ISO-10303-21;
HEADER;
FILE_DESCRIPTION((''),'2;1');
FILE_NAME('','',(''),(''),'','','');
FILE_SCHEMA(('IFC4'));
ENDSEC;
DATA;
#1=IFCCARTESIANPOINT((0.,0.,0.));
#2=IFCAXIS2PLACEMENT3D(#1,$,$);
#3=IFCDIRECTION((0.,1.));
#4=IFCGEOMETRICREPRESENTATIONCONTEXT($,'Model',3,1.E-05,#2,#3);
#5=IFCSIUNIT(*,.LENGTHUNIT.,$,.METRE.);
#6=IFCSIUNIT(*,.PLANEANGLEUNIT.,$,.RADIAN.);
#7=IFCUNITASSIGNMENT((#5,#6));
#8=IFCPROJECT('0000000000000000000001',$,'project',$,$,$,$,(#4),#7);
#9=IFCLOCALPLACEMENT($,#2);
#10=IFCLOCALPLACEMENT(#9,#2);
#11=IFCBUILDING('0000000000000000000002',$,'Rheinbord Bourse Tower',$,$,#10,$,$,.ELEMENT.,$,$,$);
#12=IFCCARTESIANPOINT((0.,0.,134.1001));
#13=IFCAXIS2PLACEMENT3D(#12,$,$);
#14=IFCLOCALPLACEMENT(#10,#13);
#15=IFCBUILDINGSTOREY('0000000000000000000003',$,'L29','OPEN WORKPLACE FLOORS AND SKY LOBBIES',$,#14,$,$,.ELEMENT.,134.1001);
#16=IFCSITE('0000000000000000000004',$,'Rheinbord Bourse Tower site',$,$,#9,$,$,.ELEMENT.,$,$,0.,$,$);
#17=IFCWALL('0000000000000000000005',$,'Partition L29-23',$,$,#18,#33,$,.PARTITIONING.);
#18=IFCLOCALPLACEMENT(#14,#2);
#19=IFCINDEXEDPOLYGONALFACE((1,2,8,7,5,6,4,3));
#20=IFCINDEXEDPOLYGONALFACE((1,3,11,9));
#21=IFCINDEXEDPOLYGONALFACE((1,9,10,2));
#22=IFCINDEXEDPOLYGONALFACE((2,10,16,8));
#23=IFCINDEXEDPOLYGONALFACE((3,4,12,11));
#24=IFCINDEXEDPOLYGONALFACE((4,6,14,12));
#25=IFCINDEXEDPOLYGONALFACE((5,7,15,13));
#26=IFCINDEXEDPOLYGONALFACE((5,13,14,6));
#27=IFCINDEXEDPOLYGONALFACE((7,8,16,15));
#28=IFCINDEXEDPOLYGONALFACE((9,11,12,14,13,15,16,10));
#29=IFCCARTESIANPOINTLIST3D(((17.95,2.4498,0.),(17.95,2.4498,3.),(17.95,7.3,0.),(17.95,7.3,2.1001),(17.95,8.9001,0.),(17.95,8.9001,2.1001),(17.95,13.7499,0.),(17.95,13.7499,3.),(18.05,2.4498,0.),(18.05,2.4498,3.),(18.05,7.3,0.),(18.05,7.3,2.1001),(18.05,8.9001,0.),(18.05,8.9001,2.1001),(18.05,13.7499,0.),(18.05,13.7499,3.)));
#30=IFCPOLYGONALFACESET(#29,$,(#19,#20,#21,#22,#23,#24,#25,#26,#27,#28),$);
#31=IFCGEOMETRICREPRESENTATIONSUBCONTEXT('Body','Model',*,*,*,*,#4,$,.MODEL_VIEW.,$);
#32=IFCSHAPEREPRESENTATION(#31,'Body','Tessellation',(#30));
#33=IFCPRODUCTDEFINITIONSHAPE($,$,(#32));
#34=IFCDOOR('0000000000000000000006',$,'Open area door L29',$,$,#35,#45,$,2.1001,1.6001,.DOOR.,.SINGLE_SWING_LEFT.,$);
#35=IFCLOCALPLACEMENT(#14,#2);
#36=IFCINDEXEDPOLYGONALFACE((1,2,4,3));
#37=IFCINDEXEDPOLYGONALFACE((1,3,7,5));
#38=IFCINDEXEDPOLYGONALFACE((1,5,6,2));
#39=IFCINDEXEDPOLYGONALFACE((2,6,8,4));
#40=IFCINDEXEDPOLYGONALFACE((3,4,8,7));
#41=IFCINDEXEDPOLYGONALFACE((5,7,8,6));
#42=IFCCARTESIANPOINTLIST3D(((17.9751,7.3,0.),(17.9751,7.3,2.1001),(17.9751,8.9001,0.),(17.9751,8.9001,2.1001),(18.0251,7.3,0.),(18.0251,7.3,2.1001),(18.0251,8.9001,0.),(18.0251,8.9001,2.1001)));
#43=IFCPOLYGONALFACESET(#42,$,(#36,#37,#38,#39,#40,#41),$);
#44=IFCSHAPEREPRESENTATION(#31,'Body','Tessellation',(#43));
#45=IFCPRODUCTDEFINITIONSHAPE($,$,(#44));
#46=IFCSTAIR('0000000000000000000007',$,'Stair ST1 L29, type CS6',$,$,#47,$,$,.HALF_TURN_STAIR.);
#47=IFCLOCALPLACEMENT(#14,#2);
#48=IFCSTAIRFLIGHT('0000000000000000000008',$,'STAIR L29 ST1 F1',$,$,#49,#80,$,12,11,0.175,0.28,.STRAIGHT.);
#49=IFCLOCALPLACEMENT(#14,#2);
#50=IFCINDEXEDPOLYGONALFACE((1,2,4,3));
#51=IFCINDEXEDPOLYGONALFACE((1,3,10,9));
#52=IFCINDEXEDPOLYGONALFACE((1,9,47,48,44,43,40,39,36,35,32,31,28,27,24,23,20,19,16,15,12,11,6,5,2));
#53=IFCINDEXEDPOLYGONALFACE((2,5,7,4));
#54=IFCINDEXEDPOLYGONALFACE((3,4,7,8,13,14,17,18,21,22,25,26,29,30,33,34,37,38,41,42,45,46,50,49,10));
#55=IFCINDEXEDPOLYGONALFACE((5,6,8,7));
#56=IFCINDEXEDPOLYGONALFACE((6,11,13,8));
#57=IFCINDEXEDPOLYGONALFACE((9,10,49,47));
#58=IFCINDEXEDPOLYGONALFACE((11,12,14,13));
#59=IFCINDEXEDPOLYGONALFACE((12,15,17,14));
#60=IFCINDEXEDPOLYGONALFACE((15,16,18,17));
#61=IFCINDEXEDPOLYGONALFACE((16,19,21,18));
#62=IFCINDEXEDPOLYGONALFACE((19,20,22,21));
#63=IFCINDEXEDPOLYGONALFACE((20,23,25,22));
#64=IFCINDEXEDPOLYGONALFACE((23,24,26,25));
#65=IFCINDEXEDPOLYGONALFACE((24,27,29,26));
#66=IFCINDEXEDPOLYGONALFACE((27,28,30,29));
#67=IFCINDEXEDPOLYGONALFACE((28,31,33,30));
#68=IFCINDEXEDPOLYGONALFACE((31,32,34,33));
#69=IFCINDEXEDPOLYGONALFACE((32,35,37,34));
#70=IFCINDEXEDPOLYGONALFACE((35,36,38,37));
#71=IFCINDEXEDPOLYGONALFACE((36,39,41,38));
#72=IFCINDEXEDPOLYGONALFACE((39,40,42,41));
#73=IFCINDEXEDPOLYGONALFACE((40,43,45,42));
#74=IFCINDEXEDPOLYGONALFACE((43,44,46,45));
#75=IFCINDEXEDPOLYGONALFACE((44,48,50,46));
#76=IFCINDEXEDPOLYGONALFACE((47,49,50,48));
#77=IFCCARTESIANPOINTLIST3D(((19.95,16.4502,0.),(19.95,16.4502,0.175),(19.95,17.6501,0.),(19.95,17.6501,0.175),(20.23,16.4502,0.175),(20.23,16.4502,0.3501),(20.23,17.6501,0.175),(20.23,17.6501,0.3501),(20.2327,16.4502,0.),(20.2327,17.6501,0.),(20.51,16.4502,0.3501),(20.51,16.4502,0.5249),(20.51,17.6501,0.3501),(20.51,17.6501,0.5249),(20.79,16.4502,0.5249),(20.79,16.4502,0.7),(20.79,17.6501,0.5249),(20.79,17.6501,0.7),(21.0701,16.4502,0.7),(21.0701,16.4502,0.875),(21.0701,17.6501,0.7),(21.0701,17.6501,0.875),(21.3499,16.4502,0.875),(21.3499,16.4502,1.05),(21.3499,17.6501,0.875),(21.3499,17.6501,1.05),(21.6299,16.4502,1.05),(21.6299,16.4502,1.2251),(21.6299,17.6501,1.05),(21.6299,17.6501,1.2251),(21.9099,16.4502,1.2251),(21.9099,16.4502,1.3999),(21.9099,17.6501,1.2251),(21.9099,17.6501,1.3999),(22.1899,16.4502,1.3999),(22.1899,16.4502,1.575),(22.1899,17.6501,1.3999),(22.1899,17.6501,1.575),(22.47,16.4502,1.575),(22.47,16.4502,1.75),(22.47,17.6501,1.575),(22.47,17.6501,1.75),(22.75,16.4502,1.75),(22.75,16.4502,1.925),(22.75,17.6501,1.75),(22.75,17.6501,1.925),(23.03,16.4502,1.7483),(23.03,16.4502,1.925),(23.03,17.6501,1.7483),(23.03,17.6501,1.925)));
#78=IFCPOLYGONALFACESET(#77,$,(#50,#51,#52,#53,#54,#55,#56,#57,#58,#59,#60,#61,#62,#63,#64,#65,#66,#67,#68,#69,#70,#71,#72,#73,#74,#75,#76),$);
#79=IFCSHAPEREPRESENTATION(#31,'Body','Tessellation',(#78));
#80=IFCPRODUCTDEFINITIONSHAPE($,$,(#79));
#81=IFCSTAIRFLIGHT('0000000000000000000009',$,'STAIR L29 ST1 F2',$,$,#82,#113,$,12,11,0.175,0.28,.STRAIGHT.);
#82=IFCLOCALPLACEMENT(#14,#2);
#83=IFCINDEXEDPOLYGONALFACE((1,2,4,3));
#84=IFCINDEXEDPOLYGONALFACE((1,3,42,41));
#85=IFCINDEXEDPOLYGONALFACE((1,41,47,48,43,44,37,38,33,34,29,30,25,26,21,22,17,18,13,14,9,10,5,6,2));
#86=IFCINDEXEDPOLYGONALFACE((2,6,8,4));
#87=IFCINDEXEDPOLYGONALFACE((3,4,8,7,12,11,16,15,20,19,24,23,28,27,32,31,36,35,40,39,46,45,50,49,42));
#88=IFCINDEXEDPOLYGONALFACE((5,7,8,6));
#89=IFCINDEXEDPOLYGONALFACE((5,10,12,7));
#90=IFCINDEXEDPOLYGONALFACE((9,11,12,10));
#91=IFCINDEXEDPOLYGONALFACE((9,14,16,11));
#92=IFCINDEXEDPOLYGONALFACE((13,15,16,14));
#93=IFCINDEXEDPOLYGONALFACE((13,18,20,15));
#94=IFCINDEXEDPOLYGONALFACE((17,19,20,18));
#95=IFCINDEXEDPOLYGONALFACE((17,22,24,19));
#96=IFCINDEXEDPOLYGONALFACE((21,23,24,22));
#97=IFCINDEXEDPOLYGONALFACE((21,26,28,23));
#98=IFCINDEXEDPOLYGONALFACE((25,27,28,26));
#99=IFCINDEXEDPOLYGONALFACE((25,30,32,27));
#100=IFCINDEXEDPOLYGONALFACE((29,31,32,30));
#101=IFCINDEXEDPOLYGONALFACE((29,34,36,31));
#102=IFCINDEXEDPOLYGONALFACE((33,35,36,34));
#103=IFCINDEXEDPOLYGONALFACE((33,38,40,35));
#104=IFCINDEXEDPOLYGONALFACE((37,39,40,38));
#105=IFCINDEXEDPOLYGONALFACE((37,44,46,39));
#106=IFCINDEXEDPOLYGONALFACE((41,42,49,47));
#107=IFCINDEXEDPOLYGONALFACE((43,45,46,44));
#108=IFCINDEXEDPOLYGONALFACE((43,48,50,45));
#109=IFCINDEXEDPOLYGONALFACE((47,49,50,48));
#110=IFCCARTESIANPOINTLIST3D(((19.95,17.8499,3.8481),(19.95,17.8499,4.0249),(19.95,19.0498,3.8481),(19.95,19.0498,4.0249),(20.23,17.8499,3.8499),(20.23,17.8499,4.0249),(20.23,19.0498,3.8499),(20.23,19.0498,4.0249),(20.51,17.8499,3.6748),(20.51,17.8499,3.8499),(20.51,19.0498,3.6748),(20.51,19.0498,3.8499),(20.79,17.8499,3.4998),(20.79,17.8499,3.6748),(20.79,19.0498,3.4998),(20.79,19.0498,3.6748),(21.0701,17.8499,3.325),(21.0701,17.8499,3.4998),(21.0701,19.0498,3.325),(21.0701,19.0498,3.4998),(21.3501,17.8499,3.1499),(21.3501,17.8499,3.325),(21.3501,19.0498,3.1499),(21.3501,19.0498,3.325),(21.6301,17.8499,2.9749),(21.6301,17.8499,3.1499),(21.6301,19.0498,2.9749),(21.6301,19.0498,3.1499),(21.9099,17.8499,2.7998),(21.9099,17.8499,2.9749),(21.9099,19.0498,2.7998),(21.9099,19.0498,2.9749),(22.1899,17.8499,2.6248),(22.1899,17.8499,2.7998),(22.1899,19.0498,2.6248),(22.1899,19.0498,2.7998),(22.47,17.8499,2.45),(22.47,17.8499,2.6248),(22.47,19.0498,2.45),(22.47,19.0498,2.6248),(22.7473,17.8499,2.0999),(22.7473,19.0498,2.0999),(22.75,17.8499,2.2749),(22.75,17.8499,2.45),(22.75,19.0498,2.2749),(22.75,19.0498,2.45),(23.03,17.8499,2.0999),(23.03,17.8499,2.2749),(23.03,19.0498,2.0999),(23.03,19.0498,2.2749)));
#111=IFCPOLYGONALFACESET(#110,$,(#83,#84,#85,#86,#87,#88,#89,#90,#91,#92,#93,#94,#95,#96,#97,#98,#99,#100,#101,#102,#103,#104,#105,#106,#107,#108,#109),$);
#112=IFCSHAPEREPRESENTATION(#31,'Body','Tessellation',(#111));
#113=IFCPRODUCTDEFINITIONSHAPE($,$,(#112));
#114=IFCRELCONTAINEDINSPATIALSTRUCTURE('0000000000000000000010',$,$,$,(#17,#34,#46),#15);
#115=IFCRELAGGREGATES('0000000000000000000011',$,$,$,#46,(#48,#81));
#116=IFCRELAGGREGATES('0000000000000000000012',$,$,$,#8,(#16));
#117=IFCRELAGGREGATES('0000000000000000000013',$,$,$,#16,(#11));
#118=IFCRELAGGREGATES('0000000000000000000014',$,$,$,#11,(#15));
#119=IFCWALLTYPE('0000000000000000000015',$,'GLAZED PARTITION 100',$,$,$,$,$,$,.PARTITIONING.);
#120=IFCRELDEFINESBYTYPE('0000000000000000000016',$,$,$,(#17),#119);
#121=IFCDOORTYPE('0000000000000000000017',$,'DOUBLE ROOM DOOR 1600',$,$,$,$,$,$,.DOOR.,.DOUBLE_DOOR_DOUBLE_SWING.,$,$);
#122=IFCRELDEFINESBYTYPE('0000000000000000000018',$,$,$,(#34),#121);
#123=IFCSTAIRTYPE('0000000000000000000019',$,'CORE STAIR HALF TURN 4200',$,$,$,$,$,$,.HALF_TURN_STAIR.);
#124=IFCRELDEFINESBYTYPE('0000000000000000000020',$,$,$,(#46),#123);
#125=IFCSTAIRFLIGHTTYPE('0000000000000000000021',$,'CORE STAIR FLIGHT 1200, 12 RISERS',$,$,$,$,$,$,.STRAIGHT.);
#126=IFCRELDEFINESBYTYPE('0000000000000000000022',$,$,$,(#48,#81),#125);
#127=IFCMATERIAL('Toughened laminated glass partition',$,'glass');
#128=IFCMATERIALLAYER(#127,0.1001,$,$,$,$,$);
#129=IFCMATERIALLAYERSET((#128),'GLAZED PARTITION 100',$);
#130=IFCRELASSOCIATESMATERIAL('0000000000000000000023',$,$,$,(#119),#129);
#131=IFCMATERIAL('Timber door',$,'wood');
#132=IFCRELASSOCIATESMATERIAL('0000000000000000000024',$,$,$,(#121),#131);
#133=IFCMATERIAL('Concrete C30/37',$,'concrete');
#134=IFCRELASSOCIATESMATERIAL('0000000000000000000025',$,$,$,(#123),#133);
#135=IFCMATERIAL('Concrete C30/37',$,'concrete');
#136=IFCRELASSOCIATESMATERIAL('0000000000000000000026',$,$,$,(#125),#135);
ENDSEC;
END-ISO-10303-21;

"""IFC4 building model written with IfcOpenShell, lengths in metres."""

from ifc_helpers import new_model, si_unit, direction, frame, frame_2d, origin, place, context, subcontext, project, spatial, polyline, rectangle, outline, extrude, material, layer, layer_set, type_object, element, fill, aggregate, save


model = new_model("IFC4")

# Units and contexts
model_context = context("Model", 3, precision=1e-05, world=origin(), true_north=direction((0.0, 1.0)))
body_context = subcontext(model_context, "Body", "Model", "MODEL_VIEW")
ifc_project = project(units=[si_unit("LENGTHUNIT", "METRE"), si_unit("PLANEANGLEUNIT", "RADIAN")], contexts=[model_context])

# Site, building, storey
site_placement = place(None, origin())
site = spatial("IfcSite", under=ifc_project, at=site_placement, Name="Rheinbord Bourse Tower site", CompositionType="ELEMENT", RefElevation=0.0)
building_placement = place(site_placement, origin())
building = spatial("IfcBuilding", under=site, at=building_placement, Name="Rheinbord Bourse Tower", CompositionType="ELEMENT")
storey_placement = place(building_placement, frame((0.0, 0.0, 134.1001)))
storey = spatial("IfcBuildingStorey", under=building, at=storey_placement, Name="L29", Description="OPEN WORKPLACE FLOORS AND SKY LOBBIES", CompositionType="ELEMENT", Elevation=134.1001)

# Wall, opening, door
ifc_material_1 = material(Name="Toughened laminated glass partition", Category="glass")
ifc_layer_1 = layer(ifc_material_1, 0.1001)
ifc_layer_set_1 = layer_set([ifc_layer_1], Name="GLAZED PARTITION 100")
wall_type_1 = type_object("IfcWallType", Name="GLAZED PARTITION 100", PredefinedType="PARTITIONING", material=ifc_layer_set_1)
wall_1_placement = place(storey_placement, frame((18.0, 2.45, 0.0), z_axis=(0.0, 0.0, 1.0), x_axis=(0.0, 1.0, 0.0)))
wall_1 = element("IfcWall", 1, at=wall_1_placement, inside=storey, type_object=wall_type_1, Name="Partition L29-23", PredefinedType="PARTITIONING", context=body_context, shape_type="SweptSolid", body=[
    extrude(rectangle(XDim=11.3, YDim=0.1001, at=frame_2d((5.6499, 0.0))), origin(), (0.0, 0.0, 1.0), 3.0),
])
opening_1_placement = place(wall_1_placement, frame((4.8501, 0.0, 0.0)))
opening_1 = element("IfcOpeningElement", 2, at=opening_1_placement, cuts=wall_1, PredefinedType="OPENING", context=body_context, shape_type="SweptSolid", body=[
    extrude(rectangle(XDim=1.6001, YDim=2.1001, at=frame_2d((0.8, 1.05))), frame((0.0, 0.0601, 0.0), z_axis=(0.0, -1.0, 0.0), x_axis=(1.0, 0.0, 0.0)), (0.0, 0.0, 1.0), 0.1201),
])
ifc_material_2 = material(Name="Timber door", Category="wood")
door_type_1 = type_object("IfcDoorType", Name="DOUBLE ROOM DOOR 1600", OperationType="DOUBLE_DOOR_DOUBLE_SWING", PredefinedType="DOOR", material=ifc_material_2)
door_1_placement = place(opening_1_placement, origin())
door_1 = element("IfcDoor", 3, at=door_1_placement, inside=storey, type_object=door_type_1, Name="Open area door L29", OperationType="SINGLE_SWING_LEFT", OverallHeight=2.1001, OverallWidth=1.6001, PredefinedType="DOOR", context=body_context, shape_type="SweptSolid", body=[
    extrude(rectangle(XDim=1.6001, YDim=2.1001, at=frame_2d((0.8, 1.05))), frame((0.0, 0.0249, 0.0), z_axis=(0.0, -1.0, 0.0), x_axis=(1.0, 0.0, 0.0)), (0.0, 0.0, 1.0), 0.05),
])
fill(opening_1, door_1)

# Stair, stair flights
ifc_material_3 = material(Name="Concrete C30/37", Category="concrete")
stair_type = type_object("IfcStairType", Name="CORE STAIR HALF TURN 4200", PredefinedType="HALF_TURN_STAIR", material=ifc_material_3)
stair_placement = place(storey_placement, origin())
stair = element("IfcStair", 4, at=stair_placement, inside=storey, type_object=stair_type, Name="Stair ST1 L29, type CS6", PredefinedType="HALF_TURN_STAIR")
ifc_material_4 = material(Name="Concrete C30/37", Category="concrete")
stair_flight_type = type_object("IfcStairFlightType", Name="CORE STAIR FLIGHT 1200, 12 RISERS", PredefinedType="STRAIGHT", material=ifc_material_4)
stair_flight_1_placement = place(storey_placement, frame((19.95, 17.05, 0.0), z_axis=(0.0, 0.0, 1.0), x_axis=(1.0, 0.0, 0.0)))
stair_flight_1 = element("IfcStairFlight", 5, at=stair_flight_1_placement, type_object=stair_flight_type, Name="STAIR L29 ST1 F1", NumberOfRisers=12, NumberOfTreads=11, PredefinedType="STRAIGHT", RiserHeight=0.175, TreadLength=0.28, context=body_context, shape_type="SweptSolid", body=[
    extrude(outline(polyline([(0.0, 0.0), (0.0, 0.175), (0.28, 0.175), (0.28, 0.3501), (0.5601, 0.3501), (0.5601, 0.5249), (0.8401, 0.5249), (0.8401, 0.7), (1.1201, 0.7), (1.1201, 0.875), (1.3999, 0.875), (1.3999, 1.05), (1.6799, 1.05), (1.6799, 1.2251), (1.96, 1.2251), (1.96, 1.3999), (2.24, 1.3999), (2.24, 1.575), (2.52, 1.575), (2.52, 1.75), (2.8, 1.75), (2.8, 1.925), (3.0801, 1.925), (3.0801, 2.1001), (3.0801, 1.7483), (0.2827, 0.0), (0.0, 0.0)])), frame((0.0, 0.6001, 0.0), z_axis=(0.0, -1.0, 0.0), x_axis=(1.0, 0.0, 0.0)), (0.0, 0.0, 1.0), 1.2),
])
stair_flight_2_placement = place(storey_placement, frame((23.03, 18.45, 2.0999), z_axis=(0.0, 0.0, 1.0), x_axis=(-1.0, 0.0, 0.0)))
stair_flight_2 = element("IfcStairFlight", 6, at=stair_flight_2_placement, type_object=stair_flight_type, Name="STAIR L29 ST1 F2", NumberOfRisers=12, NumberOfTreads=11, PredefinedType="STRAIGHT", RiserHeight=0.175, TreadLength=0.28, context=body_context, shape_type="SweptSolid", body=[
    extrude(outline(polyline([(0.0, 0.0), (0.0, 0.175), (0.28, 0.175), (0.28, 0.3501), (0.5601, 0.3501), (0.5601, 0.5249), (0.8401, 0.5249), (0.8401, 0.7), (1.1201, 0.7), (1.1201, 0.875), (1.3999, 0.875), (1.3999, 1.05), (1.6799, 1.05), (1.6799, 1.2251), (1.96, 1.2251), (1.96, 1.3999), (2.24, 1.3999), (2.24, 1.575), (2.52, 1.575), (2.52, 1.75), (2.8, 1.75), (2.8, 1.925), (3.0801, 1.925), (3.0801, 2.1001), (3.0801, 1.7483), (0.2827, 0.0), (0.0, 0.0)])), frame((0.0, 0.6001, 0.0), z_axis=(0.0, -1.0, 0.0), x_axis=(1.0, 0.0, 0.0)), (0.0, 0.0, 1.0), 1.2),
])
aggregate(stair, [stair_flight_1, stair_flight_2])

save(model, "model.ifc")
